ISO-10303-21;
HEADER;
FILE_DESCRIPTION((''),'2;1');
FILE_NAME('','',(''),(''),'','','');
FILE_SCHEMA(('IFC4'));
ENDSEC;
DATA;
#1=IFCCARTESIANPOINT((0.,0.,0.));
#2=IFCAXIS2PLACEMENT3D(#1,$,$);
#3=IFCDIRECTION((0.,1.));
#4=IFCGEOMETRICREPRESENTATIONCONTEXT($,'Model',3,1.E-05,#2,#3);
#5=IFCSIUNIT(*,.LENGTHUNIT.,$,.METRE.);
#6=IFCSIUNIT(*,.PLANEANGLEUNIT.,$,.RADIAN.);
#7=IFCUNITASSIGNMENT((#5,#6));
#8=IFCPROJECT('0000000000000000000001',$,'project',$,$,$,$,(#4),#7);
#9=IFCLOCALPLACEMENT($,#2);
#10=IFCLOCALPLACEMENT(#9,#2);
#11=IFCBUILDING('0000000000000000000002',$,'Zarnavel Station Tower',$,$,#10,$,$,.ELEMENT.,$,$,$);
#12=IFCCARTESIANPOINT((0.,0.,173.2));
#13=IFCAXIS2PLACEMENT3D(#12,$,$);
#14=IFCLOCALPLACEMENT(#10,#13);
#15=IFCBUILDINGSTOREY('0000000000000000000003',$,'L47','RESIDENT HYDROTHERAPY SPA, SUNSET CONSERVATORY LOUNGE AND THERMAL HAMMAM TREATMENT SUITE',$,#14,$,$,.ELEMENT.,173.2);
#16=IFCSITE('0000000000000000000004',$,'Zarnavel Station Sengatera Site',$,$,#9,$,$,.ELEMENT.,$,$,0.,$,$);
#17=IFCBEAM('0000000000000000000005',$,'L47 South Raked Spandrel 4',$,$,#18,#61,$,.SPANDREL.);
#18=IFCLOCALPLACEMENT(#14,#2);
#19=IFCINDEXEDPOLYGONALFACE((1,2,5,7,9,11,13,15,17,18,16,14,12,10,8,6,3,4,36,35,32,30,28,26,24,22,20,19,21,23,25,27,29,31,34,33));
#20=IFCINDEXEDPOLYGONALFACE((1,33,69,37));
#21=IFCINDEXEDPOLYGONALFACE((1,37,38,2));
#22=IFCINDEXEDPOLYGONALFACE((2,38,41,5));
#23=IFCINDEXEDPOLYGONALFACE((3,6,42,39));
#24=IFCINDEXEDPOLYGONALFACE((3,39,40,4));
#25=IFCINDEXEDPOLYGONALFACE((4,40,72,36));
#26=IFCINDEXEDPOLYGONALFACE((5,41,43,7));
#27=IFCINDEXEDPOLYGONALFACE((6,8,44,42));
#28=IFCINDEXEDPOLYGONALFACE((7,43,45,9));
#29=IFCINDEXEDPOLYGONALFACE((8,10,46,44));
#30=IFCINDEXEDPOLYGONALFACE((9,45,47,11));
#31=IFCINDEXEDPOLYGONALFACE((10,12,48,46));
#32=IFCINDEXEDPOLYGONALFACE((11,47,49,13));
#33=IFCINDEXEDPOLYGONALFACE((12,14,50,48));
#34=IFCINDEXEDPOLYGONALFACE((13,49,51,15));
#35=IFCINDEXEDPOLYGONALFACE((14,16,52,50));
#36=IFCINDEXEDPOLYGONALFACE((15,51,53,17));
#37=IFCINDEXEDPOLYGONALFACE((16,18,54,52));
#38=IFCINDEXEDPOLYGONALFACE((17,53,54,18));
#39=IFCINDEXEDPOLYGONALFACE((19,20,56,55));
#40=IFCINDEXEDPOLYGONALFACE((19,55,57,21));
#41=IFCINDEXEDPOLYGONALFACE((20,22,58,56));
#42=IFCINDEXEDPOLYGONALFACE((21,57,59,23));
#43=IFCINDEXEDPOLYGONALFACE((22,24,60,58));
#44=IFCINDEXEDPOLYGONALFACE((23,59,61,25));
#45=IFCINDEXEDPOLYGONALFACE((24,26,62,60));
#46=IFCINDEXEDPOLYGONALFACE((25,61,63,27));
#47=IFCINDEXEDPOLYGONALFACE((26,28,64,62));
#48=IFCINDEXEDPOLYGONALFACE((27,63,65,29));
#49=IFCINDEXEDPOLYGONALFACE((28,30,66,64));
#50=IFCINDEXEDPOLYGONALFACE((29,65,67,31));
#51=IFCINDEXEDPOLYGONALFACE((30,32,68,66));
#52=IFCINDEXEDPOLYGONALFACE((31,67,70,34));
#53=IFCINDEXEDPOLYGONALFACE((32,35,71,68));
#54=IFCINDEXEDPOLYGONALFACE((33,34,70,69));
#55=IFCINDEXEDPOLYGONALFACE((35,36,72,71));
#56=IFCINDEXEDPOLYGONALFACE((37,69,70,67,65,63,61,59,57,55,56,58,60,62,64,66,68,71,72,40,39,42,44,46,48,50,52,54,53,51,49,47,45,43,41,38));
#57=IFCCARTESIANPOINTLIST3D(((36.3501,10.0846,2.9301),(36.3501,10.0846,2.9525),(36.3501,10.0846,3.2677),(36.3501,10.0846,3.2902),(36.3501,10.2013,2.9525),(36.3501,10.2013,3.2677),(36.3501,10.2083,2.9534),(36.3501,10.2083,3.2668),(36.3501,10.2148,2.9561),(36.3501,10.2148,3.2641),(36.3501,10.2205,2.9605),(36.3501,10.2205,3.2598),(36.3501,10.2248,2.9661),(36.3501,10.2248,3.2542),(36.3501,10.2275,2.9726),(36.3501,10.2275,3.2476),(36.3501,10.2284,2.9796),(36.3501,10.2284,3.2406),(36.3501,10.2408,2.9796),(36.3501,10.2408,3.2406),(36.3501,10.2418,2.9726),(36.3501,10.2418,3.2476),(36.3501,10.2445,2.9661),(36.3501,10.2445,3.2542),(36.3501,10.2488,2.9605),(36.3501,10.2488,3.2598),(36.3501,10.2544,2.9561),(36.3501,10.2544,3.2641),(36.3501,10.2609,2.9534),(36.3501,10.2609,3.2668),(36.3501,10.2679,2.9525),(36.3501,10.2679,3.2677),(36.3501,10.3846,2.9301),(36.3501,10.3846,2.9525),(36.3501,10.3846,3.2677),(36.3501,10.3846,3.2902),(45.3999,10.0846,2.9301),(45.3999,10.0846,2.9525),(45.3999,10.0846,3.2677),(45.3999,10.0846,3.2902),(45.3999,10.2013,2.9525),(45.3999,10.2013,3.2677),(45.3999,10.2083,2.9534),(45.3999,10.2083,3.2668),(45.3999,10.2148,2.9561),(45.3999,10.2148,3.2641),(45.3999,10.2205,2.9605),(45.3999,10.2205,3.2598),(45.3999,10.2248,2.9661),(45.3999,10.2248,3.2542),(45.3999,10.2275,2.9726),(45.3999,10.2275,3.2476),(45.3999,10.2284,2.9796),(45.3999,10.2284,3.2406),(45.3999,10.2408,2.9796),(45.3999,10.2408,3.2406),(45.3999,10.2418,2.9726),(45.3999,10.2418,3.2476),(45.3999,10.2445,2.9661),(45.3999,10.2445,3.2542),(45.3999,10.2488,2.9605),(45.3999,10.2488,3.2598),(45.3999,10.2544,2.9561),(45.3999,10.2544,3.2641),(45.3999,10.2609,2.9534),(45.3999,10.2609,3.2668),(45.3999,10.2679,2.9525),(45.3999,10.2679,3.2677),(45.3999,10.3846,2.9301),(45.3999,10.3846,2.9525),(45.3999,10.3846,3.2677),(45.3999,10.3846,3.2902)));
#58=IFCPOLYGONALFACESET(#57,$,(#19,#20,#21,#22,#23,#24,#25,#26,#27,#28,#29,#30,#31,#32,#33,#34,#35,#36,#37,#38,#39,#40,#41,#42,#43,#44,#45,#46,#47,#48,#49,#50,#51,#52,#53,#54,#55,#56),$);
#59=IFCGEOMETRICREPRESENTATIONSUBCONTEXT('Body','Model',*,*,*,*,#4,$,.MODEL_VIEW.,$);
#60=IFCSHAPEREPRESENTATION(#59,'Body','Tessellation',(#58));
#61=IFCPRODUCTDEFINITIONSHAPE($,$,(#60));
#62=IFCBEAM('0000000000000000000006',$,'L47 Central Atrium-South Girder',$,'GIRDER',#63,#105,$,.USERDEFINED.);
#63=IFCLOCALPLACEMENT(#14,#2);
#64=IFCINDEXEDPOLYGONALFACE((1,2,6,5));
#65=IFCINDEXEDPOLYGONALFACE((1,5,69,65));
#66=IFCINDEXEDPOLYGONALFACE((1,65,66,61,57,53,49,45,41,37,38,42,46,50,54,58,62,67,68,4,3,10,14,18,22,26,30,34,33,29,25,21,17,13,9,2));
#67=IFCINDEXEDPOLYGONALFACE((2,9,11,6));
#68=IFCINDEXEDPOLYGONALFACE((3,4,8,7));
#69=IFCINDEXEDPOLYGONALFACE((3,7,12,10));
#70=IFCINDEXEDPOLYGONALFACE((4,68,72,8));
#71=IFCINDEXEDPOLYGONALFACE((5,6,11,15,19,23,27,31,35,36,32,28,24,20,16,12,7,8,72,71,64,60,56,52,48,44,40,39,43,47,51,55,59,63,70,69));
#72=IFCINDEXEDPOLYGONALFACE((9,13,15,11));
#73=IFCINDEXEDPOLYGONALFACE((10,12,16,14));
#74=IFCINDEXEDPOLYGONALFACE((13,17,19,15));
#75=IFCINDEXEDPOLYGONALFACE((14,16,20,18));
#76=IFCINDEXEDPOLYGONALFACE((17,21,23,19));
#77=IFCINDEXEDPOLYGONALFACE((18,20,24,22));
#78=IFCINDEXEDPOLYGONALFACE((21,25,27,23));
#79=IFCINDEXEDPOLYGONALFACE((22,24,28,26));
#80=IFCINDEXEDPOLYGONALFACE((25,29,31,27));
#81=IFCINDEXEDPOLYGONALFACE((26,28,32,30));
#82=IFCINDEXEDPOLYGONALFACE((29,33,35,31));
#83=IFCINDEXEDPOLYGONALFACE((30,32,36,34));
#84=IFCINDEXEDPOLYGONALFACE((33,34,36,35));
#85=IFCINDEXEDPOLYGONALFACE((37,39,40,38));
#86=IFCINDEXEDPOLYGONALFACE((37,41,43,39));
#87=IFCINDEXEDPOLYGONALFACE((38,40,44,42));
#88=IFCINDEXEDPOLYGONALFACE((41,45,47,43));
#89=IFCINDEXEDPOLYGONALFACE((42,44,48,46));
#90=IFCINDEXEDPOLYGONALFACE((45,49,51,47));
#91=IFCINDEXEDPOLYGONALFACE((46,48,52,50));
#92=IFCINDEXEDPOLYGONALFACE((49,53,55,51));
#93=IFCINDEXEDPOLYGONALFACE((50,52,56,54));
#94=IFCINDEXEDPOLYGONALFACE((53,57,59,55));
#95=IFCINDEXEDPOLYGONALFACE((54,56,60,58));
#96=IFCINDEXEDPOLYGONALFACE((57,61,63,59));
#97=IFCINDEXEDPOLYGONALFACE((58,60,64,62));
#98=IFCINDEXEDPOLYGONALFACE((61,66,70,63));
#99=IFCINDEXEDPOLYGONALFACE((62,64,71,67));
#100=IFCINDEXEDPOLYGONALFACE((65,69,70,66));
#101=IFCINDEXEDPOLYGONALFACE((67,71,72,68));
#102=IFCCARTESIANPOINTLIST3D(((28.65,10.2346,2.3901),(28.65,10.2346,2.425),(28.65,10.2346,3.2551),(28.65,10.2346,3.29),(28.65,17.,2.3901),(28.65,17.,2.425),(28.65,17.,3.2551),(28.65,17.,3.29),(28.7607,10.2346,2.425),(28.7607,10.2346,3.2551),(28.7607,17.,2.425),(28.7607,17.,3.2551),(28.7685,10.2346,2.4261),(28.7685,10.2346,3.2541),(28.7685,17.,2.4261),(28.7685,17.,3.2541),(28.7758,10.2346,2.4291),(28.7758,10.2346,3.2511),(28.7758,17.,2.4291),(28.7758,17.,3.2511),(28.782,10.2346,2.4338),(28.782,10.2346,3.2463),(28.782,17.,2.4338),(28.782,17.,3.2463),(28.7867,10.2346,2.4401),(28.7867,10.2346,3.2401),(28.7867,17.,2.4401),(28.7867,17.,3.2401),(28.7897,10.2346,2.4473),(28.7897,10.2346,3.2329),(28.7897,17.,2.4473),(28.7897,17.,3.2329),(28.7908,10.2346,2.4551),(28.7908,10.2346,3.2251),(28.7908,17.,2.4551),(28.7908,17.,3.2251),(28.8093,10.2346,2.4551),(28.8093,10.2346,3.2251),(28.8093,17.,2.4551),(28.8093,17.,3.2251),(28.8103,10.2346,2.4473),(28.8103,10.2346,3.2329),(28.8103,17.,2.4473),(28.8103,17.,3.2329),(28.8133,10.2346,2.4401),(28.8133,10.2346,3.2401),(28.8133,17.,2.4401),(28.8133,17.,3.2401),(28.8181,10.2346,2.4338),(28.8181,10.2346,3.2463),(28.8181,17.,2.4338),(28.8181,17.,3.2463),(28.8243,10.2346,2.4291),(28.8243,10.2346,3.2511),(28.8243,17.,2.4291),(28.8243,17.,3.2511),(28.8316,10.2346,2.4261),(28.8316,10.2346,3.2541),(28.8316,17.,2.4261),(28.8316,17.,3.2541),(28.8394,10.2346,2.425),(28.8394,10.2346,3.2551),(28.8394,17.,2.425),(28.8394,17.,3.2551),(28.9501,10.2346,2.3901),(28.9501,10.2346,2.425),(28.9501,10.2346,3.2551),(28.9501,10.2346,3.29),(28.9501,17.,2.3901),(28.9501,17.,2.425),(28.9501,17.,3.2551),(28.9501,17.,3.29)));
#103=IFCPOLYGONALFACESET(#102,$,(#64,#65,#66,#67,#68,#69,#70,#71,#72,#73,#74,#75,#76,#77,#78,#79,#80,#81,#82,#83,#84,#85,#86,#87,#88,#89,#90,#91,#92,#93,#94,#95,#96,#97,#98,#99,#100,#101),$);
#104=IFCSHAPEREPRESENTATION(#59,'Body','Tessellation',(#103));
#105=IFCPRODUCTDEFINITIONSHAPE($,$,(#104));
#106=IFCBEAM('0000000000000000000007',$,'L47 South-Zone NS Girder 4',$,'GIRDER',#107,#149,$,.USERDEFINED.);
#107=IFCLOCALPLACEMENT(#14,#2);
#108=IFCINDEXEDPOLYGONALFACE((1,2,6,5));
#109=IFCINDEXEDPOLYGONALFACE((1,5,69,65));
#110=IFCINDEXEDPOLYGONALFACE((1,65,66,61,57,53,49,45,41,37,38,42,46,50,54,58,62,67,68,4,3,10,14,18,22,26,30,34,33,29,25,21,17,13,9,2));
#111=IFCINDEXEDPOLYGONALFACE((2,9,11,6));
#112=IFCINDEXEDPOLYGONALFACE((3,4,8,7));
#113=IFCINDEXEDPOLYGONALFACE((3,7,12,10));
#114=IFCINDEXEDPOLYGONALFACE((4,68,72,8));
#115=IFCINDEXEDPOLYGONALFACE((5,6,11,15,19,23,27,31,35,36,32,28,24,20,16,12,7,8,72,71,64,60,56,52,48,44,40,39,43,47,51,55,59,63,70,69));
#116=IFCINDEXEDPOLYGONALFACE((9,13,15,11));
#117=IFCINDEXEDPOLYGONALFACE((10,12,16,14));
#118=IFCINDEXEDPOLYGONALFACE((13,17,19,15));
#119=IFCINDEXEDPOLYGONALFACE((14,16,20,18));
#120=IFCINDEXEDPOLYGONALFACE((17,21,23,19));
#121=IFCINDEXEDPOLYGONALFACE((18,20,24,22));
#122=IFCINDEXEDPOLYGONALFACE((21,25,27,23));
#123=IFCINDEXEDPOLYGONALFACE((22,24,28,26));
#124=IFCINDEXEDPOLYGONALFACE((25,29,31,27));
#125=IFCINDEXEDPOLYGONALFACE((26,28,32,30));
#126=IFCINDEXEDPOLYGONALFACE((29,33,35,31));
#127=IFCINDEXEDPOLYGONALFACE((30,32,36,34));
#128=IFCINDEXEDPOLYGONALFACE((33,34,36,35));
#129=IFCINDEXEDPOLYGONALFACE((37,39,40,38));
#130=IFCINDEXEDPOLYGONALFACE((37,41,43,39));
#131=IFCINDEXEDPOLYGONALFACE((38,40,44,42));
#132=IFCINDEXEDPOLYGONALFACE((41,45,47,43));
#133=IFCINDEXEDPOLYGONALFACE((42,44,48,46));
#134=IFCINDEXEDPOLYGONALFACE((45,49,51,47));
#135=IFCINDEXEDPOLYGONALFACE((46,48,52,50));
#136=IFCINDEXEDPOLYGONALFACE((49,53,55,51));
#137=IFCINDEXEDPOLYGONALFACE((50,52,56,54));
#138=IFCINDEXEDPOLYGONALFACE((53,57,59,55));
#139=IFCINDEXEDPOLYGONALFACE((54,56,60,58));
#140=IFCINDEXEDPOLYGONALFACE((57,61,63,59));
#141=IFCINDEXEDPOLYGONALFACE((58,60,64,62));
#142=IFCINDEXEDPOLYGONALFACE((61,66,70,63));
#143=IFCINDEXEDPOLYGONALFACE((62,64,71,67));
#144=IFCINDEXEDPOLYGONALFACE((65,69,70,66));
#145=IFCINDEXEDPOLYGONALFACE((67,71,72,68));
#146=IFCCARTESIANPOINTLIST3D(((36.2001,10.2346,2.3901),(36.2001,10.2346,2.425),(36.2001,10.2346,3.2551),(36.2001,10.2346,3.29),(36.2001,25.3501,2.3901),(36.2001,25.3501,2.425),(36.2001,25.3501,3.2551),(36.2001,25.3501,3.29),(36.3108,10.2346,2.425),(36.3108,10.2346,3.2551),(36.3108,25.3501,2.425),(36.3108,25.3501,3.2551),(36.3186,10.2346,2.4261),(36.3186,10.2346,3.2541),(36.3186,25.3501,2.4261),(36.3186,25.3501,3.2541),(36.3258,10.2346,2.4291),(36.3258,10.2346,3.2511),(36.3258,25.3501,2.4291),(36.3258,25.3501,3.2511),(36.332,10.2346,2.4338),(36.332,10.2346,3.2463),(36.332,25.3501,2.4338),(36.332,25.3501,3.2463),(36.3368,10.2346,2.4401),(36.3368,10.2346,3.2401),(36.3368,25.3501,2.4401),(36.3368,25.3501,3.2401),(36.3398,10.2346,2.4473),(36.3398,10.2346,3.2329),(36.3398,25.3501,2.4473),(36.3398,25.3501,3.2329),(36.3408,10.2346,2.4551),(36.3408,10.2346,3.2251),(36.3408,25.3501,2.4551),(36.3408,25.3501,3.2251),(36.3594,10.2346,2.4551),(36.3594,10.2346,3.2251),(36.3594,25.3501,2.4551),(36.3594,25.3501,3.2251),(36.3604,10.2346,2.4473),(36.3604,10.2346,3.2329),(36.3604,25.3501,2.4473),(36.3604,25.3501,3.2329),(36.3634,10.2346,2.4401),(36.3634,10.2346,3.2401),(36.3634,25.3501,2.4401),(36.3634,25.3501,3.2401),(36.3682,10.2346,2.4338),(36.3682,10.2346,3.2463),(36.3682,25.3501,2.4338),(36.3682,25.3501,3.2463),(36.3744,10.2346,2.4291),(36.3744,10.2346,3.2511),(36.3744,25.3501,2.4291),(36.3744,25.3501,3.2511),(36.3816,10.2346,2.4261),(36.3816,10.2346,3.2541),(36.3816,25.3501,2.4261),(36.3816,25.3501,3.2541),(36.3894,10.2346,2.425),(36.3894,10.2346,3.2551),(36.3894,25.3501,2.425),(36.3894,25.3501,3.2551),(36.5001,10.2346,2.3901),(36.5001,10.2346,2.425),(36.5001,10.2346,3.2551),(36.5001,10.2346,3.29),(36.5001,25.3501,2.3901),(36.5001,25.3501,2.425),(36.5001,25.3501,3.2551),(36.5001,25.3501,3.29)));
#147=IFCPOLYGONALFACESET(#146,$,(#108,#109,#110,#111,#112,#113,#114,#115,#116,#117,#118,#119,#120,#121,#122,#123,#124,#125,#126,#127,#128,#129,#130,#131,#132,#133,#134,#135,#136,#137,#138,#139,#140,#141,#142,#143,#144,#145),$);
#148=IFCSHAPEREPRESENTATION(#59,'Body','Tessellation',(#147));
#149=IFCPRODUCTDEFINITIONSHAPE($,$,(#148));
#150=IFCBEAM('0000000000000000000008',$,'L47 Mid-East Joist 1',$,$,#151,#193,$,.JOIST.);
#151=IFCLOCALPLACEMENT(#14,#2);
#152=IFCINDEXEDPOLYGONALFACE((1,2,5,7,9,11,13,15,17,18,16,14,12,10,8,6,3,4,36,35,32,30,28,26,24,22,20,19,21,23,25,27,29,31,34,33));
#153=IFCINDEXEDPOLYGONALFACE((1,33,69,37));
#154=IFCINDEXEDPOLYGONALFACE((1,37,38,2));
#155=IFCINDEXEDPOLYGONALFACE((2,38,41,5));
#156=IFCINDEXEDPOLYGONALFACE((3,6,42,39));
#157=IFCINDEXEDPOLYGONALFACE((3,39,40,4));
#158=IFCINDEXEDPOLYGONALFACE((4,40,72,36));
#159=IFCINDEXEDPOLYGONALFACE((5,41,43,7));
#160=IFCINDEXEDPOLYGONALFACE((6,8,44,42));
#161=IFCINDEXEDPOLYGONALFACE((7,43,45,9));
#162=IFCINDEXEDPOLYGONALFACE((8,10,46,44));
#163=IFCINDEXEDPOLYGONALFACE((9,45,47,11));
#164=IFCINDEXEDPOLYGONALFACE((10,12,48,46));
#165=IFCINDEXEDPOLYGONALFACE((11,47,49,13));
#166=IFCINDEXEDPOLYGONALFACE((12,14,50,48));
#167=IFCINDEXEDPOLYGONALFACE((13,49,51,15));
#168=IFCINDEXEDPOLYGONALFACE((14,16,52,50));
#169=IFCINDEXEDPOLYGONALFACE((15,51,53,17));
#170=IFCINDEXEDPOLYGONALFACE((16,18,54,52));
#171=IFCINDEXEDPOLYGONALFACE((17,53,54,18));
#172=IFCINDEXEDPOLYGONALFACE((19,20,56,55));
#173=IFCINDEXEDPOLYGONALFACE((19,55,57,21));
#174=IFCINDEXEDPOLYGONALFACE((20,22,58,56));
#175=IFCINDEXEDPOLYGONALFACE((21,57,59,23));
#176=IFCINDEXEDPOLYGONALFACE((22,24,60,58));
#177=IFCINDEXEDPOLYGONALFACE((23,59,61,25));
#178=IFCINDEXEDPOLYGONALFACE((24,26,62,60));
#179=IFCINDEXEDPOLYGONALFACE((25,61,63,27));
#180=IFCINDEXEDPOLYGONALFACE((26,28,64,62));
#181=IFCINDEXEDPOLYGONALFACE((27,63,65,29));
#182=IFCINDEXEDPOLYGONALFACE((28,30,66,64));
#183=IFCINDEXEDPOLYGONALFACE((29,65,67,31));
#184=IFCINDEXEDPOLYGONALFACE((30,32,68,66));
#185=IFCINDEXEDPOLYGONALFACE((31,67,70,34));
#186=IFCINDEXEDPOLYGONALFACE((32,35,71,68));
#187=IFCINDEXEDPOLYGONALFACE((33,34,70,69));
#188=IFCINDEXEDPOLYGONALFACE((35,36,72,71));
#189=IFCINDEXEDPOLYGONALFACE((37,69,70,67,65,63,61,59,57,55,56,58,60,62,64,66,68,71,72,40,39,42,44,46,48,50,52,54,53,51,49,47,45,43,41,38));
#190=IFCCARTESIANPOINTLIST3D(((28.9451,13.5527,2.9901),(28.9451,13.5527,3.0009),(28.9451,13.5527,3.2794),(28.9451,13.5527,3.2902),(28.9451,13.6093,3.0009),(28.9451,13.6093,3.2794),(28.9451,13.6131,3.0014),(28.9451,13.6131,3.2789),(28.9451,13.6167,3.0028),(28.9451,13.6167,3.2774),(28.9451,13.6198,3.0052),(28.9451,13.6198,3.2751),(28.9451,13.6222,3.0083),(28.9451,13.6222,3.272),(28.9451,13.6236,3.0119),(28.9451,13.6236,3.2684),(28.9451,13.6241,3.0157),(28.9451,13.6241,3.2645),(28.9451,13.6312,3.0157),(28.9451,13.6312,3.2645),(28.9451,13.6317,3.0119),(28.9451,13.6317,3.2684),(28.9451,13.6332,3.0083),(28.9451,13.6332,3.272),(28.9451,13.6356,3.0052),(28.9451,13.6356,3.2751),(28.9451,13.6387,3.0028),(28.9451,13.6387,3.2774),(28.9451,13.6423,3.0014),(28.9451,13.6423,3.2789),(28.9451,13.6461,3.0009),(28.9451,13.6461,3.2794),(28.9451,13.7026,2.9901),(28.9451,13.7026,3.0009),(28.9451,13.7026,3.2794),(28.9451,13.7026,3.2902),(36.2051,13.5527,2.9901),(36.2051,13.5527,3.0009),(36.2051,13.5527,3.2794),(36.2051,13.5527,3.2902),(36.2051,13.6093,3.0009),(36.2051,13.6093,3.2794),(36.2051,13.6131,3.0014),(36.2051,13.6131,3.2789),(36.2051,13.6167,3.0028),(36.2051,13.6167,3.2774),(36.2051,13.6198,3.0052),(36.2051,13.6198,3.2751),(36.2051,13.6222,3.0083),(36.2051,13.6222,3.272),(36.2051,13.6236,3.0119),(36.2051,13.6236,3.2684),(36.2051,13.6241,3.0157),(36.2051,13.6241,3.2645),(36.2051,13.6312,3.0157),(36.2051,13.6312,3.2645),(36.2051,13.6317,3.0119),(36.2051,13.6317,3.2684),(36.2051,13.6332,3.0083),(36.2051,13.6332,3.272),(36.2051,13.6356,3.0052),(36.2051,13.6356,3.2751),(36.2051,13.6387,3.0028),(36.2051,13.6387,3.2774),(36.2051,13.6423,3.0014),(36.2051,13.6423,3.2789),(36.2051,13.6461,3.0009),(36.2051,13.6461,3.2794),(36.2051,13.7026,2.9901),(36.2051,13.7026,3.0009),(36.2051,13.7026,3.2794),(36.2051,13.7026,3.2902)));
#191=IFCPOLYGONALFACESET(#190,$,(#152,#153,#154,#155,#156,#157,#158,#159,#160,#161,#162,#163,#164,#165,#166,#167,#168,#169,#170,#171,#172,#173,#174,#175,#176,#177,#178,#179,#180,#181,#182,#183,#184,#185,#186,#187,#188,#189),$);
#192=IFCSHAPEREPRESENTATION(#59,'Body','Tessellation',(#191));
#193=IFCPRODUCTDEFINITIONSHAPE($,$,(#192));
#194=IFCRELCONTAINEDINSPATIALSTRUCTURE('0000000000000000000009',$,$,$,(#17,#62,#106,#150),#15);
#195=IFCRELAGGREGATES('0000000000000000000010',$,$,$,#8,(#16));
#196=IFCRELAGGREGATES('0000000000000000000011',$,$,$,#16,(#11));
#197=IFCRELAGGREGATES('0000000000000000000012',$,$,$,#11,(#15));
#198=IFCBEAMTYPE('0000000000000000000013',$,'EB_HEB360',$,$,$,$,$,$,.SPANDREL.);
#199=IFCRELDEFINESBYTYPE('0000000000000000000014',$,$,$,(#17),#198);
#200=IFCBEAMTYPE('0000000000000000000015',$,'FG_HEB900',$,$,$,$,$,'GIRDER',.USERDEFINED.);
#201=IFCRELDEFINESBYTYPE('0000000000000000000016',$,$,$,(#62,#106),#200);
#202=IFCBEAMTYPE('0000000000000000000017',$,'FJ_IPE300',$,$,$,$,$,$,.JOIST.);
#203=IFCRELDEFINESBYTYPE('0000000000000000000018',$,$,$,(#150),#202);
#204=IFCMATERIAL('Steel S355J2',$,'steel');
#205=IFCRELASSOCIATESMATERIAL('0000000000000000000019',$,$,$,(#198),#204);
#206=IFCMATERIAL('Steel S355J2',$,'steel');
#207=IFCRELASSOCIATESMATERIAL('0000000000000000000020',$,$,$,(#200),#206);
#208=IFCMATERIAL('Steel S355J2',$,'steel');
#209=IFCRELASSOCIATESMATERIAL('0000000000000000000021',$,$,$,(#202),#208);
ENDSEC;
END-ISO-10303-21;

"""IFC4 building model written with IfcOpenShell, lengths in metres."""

from ifc_helpers import new_model, si_unit, direction, frame, origin, origin_2d, place, context, subcontext, project, spatial, i_section, extrude, material, material_profile, profile_set, type_object, element, save


model = new_model("IFC4")

# Units and contexts
model_context = context("Model", 3, precision=1e-05, world=origin(), true_north=direction((0.0, 1.0)))
body_context = subcontext(model_context, "Body", "Model", "MODEL_VIEW")
ifc_project = project(units=[si_unit("LENGTHUNIT", "METRE"), si_unit("PLANEANGLEUNIT", "RADIAN")], contexts=[model_context])

# Site, building, storey
site_placement = place(None, origin())
site = spatial("IfcSite", under=ifc_project, at=site_placement, Name="Zarnavel Station Sengatera Site", CompositionType="ELEMENT", RefElevation=0.0)
building_placement = place(site_placement, origin())
building = spatial("IfcBuilding", under=site, at=building_placement, Name="Zarnavel Station Tower", CompositionType="ELEMENT")
storey_placement = place(building_placement, frame((0.0, 0.0, 173.2)))
storey = spatial("IfcBuildingStorey", under=building, at=storey_placement, Name="L47", Description="RESIDENT HYDROTHERAPY SPA, SUNSET CONSERVATORY LOUNGE AND THERMAL HAMMAM TREATMENT SUITE", CompositionType="ELEMENT", Elevation=173.2)

# Beams
ifc_material_1 = material(Name="Steel S355J2", Category="steel")
ifc_material_profile_1 = material_profile(ifc_material_1, i_section(OverallWidth=0.3, OverallDepth=0.3601, WebThickness=0.0125, FlangeThickness=0.0225, FilletRadius=0.0271, at=origin_2d()), Name="HEB360")
ifc_profile_set_1 = profile_set([ifc_material_profile_1], Name="Steel S355J2")
beam_type_1 = type_object("IfcBeamType", Name="EB_HEB360", PredefinedType="SPANDREL", material=ifc_profile_set_1)
beam_1_placement = place(storey_placement, frame((36.3501, 10.2346, 3.1101), z_axis=(1.0, 0.0, 0.0), x_axis=(0.0, 1.0, 0.0)))
element("IfcBeam", 1, at=beam_1_placement, inside=storey, type_object=beam_type_1, Name="L47 South Raked Spandrel 4", PredefinedType="SPANDREL", context=body_context, shape_type="SweptSolid", body=[
    extrude(i_section(OverallWidth=0.3, OverallDepth=0.3601, WebThickness=0.0125, FlangeThickness=0.0225, FilletRadius=0.0271, at=origin_2d()), origin(), (0.0, 0.0, 1.0), 9.0498),
])
ifc_material_2 = material(Name="Steel S355J2", Category="steel")
ifc_material_profile_2 = material_profile(ifc_material_2, i_section(OverallWidth=0.3, OverallDepth=0.8999, WebThickness=0.0186, FlangeThickness=0.0349, FilletRadius=0.03, at=origin_2d()), Name="HEB900")
ifc_profile_set_2 = profile_set([ifc_material_profile_2], Name="Steel S355J2")
beam_type_2 = type_object("IfcBeamType", Name="FG_HEB900", ElementType="GIRDER", PredefinedType="USERDEFINED", material=ifc_profile_set_2)
beam_2_placement = place(storey_placement, frame((28.8, 10.2346, 2.8401), z_axis=(0.0, 1.0, 0.0), x_axis=(-1.0, 0.0, 0.0)))
element("IfcBeam", 2, at=beam_2_placement, inside=storey, type_object=beam_type_2, Name="L47 Central Atrium-South Girder", ObjectType="GIRDER", PredefinedType="USERDEFINED", context=body_context, shape_type="SweptSolid", body=[
    extrude(i_section(OverallWidth=0.3, OverallDepth=0.8999, WebThickness=0.0186, FlangeThickness=0.0349, FilletRadius=0.03, at=origin_2d()), origin(), (0.0, 0.0, 1.0), 6.7654),
])
beam_3_placement = place(storey_placement, frame((36.3501, 10.2346, 2.8401), z_axis=(0.0, 1.0, 0.0), x_axis=(-1.0, 0.0, 0.0)))
element("IfcBeam", 3, at=beam_3_placement, inside=storey, type_object=beam_type_2, Name="L47 South-Zone NS Girder 4", ObjectType="GIRDER", PredefinedType="USERDEFINED", context=body_context, shape_type="SweptSolid", body=[
    extrude(i_section(OverallWidth=0.3, OverallDepth=0.8999, WebThickness=0.0186, FlangeThickness=0.0349, FilletRadius=0.03, at=origin_2d()), origin(), (0.0, 0.0, 1.0), 15.1155),
])
ifc_material_3 = material(Name="Steel S355J2", Category="steel")
ifc_material_profile_3 = material_profile(ifc_material_3, i_section(OverallWidth=0.1499, OverallDepth=0.3, WebThickness=0.0071, FlangeThickness=0.0107, FilletRadius=0.0149, at=origin_2d()), Name="IPE300")
ifc_profile_set_3 = profile_set([ifc_material_profile_3], Name="Steel S355J2")
beam_type_3 = type_object("IfcBeamType", Name="FJ_IPE300", PredefinedType="JOIST", material=ifc_profile_set_3)
beam_4_placement = place(storey_placement, frame((28.9451, 13.6277, 3.1401), z_axis=(1.0, 0.0, 0.0), x_axis=(0.0, 1.0, 0.0)))
element("IfcBeam", 4, at=beam_4_placement, inside=storey, type_object=beam_type_3, Name="L47 Mid-East Joist 1", PredefinedType="JOIST", context=body_context, shape_type="SweptSolid", body=[
    extrude(i_section(OverallWidth=0.1499, OverallDepth=0.3, WebThickness=0.0071, FlangeThickness=0.0107, FilletRadius=0.0149, at=origin_2d()), origin(), (0.0, 0.0, 1.0), 7.26),
])

save(model, "model.ifc")
